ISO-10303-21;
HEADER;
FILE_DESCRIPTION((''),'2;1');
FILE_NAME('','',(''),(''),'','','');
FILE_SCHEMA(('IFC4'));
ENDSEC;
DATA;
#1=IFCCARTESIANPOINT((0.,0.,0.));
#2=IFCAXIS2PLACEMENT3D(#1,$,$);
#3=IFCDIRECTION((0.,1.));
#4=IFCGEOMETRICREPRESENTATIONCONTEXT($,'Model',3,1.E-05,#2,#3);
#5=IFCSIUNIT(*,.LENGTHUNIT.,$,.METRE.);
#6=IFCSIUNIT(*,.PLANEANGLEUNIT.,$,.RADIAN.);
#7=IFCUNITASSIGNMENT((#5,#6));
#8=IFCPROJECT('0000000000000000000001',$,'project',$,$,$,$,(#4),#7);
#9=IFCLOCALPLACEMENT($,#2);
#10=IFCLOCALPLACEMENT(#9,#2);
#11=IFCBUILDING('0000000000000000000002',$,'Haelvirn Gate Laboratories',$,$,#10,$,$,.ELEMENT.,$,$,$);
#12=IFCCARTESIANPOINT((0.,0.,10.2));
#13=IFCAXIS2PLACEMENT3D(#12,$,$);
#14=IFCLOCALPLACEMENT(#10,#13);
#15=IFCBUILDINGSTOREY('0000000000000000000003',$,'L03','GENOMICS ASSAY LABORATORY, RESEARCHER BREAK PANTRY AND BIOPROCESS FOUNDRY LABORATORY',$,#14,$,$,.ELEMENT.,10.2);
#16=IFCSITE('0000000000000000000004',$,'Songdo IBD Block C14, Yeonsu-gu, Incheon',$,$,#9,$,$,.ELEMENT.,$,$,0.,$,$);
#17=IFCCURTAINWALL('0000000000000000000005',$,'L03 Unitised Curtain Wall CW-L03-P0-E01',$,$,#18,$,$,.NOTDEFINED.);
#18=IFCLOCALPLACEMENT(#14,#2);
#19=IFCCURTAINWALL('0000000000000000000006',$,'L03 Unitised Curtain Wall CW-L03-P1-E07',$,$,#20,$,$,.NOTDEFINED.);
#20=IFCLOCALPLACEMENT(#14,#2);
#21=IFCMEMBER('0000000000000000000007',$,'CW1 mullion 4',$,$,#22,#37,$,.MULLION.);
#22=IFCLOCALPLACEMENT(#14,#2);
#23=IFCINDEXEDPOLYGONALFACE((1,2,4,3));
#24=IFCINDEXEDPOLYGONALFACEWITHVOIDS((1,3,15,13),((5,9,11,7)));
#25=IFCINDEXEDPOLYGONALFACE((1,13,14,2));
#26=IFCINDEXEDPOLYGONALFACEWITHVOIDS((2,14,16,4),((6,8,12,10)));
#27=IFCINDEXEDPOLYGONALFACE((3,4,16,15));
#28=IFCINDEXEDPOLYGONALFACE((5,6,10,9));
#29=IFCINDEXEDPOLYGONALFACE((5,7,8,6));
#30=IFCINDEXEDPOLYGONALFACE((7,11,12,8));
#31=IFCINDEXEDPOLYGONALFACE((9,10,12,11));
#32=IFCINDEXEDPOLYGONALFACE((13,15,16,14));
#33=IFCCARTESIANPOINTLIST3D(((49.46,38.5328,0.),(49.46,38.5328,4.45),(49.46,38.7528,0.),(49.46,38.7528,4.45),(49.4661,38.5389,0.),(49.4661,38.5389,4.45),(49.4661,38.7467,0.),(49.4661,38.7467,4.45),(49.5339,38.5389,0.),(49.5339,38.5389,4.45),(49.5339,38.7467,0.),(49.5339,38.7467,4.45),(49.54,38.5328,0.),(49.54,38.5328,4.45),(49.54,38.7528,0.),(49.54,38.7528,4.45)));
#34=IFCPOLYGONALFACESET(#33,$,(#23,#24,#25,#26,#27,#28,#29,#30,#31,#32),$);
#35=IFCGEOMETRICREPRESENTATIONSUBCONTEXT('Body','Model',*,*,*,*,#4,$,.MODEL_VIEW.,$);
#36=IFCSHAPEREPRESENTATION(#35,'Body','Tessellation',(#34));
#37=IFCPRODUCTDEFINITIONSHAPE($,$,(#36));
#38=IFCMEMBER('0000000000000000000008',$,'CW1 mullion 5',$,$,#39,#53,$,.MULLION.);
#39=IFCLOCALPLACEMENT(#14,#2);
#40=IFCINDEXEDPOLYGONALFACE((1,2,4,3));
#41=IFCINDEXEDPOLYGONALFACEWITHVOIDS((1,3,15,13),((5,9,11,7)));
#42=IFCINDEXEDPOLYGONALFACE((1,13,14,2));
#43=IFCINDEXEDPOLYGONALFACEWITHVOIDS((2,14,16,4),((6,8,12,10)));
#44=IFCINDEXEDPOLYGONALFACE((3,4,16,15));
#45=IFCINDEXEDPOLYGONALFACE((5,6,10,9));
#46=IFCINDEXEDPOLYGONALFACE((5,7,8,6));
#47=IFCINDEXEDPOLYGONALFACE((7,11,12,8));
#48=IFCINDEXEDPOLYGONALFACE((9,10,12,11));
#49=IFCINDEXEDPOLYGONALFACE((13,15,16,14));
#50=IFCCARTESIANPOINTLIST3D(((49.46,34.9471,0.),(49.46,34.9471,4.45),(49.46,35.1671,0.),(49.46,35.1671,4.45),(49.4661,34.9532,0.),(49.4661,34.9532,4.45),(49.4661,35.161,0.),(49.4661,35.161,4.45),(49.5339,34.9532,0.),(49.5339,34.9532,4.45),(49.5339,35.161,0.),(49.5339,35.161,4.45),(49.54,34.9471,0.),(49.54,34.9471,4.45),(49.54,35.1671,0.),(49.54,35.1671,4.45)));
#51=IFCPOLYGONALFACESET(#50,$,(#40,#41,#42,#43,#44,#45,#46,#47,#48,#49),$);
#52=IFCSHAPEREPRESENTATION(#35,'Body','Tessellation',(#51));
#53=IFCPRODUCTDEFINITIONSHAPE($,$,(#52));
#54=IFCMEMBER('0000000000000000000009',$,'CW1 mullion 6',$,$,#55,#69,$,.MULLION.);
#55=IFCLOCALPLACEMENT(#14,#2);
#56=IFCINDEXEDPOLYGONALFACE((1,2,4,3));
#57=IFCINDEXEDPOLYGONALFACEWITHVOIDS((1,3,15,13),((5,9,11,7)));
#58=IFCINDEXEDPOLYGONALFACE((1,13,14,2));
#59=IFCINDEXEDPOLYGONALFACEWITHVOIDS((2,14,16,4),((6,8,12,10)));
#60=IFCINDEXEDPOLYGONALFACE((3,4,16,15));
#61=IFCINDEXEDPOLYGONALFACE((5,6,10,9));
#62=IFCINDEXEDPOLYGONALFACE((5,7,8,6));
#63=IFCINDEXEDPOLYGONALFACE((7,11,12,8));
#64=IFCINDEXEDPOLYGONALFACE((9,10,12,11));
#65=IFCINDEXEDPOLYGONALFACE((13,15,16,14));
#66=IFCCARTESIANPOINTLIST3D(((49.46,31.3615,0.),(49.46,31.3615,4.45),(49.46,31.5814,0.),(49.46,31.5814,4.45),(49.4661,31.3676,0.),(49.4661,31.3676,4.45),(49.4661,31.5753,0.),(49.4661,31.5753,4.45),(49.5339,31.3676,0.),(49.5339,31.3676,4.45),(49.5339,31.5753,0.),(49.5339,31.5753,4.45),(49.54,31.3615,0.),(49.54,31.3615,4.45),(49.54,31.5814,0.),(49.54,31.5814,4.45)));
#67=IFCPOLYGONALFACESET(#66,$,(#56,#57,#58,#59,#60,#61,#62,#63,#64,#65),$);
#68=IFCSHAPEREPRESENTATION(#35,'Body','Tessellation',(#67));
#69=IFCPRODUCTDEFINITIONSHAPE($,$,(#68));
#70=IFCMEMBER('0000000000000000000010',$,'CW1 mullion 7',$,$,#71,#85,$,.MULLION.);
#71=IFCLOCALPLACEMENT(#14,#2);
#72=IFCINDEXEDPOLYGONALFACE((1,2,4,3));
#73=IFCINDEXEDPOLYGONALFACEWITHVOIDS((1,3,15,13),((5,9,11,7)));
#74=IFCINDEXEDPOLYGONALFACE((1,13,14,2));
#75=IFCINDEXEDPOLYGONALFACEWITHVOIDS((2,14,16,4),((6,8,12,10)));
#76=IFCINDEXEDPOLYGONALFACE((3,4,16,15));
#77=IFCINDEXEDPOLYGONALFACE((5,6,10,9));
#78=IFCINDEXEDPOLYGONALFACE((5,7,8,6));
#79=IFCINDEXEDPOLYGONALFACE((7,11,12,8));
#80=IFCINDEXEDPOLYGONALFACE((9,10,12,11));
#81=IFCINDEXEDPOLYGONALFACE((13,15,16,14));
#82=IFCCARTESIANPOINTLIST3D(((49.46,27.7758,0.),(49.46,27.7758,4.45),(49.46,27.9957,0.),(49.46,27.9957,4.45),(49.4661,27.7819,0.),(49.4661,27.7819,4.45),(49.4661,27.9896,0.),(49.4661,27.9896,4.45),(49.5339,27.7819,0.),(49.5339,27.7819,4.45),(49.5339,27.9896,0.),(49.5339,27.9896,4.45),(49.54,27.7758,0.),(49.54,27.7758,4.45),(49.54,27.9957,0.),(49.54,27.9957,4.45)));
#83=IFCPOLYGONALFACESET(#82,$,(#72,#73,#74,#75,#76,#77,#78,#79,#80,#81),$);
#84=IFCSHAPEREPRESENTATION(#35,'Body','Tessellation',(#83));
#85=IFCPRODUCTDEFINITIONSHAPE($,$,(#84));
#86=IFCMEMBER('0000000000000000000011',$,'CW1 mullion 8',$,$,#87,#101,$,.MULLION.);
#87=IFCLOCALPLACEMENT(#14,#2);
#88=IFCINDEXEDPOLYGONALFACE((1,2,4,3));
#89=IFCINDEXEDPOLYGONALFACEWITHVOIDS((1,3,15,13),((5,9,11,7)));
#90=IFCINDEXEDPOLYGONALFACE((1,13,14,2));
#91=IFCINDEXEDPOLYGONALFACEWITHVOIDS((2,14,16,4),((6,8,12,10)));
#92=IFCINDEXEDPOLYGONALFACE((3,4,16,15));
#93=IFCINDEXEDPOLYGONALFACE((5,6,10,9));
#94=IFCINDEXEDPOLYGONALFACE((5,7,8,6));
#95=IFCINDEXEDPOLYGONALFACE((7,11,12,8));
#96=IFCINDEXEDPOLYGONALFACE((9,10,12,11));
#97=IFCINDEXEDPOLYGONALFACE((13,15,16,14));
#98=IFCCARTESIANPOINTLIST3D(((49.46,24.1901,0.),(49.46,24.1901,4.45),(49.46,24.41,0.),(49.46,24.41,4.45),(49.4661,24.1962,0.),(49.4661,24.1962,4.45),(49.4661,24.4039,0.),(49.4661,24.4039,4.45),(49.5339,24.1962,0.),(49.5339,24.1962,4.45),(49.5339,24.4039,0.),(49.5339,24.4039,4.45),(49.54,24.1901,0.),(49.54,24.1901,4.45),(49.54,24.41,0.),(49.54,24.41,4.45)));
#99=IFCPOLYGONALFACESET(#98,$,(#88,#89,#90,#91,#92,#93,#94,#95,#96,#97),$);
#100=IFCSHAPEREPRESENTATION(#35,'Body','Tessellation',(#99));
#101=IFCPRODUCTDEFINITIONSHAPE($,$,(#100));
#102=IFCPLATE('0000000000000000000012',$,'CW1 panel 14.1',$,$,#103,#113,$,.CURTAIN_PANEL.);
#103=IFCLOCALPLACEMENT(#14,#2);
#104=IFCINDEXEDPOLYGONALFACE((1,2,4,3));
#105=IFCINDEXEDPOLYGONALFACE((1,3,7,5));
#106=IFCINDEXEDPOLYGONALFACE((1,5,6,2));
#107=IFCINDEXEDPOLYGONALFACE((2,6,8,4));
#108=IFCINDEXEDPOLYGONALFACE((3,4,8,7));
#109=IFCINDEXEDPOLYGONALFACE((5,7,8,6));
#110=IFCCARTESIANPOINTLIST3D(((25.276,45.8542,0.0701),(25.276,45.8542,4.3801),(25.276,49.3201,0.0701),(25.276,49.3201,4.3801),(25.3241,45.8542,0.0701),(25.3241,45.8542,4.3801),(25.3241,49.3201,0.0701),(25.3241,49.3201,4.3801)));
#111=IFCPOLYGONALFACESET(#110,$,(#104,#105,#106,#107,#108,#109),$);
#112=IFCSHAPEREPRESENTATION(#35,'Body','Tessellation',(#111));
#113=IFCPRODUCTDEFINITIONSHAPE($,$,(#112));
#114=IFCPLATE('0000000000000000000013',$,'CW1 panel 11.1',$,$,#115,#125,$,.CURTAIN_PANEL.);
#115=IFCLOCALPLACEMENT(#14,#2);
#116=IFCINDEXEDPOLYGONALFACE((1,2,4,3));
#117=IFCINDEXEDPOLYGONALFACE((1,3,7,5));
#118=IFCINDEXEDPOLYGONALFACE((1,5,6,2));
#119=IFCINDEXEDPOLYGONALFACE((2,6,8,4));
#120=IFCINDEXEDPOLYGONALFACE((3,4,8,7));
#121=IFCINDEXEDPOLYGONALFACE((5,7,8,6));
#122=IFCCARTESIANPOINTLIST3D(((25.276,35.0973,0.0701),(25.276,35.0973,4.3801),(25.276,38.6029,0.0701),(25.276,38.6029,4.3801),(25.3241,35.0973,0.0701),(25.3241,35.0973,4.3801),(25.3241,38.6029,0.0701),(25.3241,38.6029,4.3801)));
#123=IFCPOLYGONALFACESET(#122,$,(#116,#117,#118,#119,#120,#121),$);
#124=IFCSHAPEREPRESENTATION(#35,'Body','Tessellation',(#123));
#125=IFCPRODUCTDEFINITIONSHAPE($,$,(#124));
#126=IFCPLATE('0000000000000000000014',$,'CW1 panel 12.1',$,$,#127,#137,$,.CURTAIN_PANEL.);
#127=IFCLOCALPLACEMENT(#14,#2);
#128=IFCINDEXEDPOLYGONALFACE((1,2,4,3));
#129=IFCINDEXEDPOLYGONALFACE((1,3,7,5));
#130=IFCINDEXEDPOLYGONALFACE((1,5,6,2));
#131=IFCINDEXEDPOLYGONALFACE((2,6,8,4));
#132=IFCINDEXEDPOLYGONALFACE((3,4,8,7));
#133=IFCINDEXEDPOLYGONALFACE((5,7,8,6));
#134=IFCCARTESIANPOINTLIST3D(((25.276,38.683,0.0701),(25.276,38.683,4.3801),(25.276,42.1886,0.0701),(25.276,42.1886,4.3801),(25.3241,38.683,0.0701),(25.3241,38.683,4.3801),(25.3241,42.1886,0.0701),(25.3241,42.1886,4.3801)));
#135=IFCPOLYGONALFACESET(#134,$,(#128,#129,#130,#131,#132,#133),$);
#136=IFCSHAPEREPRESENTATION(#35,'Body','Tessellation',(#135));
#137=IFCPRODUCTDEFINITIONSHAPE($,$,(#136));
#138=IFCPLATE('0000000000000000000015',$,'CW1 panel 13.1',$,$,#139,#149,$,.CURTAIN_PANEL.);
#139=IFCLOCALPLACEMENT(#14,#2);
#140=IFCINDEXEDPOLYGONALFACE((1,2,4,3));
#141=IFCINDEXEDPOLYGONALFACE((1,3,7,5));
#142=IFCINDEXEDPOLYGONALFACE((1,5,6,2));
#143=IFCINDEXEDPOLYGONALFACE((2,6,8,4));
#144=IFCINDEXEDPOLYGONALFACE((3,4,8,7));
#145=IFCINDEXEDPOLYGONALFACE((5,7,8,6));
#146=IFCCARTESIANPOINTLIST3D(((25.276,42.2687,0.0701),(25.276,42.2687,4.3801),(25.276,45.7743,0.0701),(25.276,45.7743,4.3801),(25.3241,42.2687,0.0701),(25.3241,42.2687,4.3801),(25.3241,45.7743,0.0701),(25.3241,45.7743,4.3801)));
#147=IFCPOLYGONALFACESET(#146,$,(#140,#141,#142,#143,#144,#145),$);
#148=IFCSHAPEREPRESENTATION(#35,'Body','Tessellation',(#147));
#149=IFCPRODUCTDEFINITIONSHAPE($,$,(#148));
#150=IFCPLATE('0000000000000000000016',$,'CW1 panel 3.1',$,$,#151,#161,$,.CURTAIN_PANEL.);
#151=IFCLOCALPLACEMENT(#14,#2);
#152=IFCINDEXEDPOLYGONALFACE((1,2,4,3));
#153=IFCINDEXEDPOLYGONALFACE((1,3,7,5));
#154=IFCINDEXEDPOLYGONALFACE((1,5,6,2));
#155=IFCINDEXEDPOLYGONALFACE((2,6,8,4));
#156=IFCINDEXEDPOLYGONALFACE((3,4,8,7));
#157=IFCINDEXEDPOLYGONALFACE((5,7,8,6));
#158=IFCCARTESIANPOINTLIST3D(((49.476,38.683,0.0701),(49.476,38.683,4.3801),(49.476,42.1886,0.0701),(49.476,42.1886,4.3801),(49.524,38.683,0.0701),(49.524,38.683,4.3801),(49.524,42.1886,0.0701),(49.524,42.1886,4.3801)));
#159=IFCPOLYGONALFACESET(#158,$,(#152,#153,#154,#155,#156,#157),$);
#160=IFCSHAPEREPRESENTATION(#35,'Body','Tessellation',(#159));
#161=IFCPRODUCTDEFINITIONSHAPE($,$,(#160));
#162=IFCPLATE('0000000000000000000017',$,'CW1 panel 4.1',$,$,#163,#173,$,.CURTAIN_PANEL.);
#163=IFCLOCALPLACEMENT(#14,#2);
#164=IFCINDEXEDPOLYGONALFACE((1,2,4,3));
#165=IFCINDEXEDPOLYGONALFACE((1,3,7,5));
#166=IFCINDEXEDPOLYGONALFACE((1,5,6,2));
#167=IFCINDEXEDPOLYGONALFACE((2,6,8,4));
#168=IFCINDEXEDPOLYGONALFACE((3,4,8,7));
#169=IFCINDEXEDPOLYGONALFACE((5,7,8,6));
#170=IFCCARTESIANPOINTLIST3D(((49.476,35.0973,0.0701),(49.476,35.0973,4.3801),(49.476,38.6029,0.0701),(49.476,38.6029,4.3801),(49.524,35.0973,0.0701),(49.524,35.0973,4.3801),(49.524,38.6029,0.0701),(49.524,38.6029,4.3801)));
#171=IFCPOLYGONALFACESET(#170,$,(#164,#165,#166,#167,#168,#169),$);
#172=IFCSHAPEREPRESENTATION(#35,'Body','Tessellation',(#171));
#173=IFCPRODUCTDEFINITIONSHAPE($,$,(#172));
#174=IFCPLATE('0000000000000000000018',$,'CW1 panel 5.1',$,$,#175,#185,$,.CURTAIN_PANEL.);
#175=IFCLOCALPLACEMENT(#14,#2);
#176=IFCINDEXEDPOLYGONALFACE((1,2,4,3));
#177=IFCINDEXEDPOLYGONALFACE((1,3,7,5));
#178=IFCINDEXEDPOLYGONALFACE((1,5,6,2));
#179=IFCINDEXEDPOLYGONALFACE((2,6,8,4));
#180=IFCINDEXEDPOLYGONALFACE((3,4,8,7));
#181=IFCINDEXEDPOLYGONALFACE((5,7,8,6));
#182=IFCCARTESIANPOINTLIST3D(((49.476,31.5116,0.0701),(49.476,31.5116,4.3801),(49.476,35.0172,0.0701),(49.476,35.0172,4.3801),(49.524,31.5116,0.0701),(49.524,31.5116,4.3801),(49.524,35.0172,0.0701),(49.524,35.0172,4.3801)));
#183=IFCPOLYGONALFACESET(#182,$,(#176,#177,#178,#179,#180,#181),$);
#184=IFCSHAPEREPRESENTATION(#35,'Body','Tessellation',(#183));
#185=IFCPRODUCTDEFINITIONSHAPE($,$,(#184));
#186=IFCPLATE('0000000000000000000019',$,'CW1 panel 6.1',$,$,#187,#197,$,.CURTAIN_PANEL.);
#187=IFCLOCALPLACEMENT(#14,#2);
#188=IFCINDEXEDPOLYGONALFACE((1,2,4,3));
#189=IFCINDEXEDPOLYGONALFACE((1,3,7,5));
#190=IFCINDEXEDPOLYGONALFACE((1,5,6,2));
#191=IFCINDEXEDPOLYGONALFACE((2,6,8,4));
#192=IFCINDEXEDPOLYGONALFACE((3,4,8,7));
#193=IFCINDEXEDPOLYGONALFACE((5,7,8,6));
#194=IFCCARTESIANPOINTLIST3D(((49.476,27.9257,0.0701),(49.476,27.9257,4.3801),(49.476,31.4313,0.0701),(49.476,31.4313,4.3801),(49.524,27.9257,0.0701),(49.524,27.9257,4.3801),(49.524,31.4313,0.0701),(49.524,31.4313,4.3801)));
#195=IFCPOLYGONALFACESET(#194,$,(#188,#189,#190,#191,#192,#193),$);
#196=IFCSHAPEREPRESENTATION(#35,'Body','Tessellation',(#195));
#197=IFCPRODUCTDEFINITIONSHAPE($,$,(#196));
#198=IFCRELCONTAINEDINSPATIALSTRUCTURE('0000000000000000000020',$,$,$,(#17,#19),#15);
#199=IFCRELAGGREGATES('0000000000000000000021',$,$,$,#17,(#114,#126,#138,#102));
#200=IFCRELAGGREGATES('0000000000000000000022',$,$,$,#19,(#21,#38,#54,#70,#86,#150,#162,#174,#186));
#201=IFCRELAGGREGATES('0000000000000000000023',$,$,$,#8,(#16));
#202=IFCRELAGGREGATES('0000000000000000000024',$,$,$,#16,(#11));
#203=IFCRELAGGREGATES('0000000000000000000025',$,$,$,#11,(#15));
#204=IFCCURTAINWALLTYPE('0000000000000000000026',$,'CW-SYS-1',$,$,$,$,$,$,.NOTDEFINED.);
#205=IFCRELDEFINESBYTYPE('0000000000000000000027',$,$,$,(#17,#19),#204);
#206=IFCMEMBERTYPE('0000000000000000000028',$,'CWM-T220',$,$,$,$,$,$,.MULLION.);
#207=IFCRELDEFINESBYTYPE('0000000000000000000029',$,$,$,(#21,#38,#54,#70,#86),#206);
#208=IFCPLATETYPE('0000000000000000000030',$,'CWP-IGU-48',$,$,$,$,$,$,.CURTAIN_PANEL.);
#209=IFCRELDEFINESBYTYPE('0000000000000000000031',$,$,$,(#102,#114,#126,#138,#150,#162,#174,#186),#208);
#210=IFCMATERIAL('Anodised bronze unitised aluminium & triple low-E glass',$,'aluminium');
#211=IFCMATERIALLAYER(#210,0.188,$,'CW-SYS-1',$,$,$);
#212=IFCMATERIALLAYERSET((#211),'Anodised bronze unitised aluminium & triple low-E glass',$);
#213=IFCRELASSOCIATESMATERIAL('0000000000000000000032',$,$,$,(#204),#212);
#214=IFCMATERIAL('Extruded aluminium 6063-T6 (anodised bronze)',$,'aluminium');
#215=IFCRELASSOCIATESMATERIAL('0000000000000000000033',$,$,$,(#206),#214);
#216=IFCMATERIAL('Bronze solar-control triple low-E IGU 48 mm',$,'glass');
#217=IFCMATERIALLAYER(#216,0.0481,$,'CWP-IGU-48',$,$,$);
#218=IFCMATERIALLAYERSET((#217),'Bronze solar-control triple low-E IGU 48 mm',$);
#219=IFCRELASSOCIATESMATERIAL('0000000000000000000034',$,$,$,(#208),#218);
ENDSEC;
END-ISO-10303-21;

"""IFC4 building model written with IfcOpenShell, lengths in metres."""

from ifc_helpers import new_model, si_unit, direction, frame, origin, origin_2d, place, context, subcontext, project, spatial, rectangle, hollow_rectangle, extrude, source, transform, mapped, material, layer, layer_set, material_profile, profile_set, type_object, type_shapes, element, aggregate, save


model = new_model("IFC4")

# Units and contexts
model_context = context("Model", 3, precision=1e-05, world=origin(), true_north=direction((0.0, 1.0)))
body_context = subcontext(model_context, "Body", "Model", "MODEL_VIEW")
ifc_project = project(units=[si_unit("LENGTHUNIT", "METRE"), si_unit("PLANEANGLEUNIT", "RADIAN")], contexts=[model_context])

# Site, building, storey
site_placement = place(None, origin())
site = spatial("IfcSite", under=ifc_project, at=site_placement, Name="Songdo IBD Block C14, Yeonsu-gu, Incheon", CompositionType="ELEMENT", RefElevation=0.0)
building_placement = place(site_placement, origin())
building = spatial("IfcBuilding", under=site, at=building_placement, Name="Haelvirn Gate Laboratories", CompositionType="ELEMENT")
storey_placement = place(building_placement, frame((0.0, 0.0, 10.2)))
storey = spatial("IfcBuildingStorey", under=building, at=storey_placement, Name="L03", Description="GENOMICS ASSAY LABORATORY, RESEARCHER BREAK PANTRY AND BIOPROCESS FOUNDRY LABORATORY", CompositionType="ELEMENT", Elevation=10.2)

# Curtain walls
ifc_material_1 = material(Name="Anodised bronze unitised aluminium & triple low-E glass", Category="aluminium")
ifc_layer_1 = layer(ifc_material_1, 0.188, Name="CW-SYS-1")
ifc_layer_set_1 = layer_set([ifc_layer_1], Name="Anodised bronze unitised aluminium & triple low-E glass")
curtain_wall_type = type_object("IfcCurtainWallType", Name="CW-SYS-1", PredefinedType="NOTDEFINED", material=ifc_layer_set_1)
curtain_wall_1_placement = place(storey_placement, origin())
curtain_wall_1 = element("IfcCurtainWall", 1, at=curtain_wall_1_placement, inside=storey, type_object=curtain_wall_type, Name="L03 Unitised Curtain Wall CW-L03-P0-E01", PredefinedType="NOTDEFINED")
ifc_material_2 = material(Name="Extruded aluminium 6063-T6 (anodised bronze)", Category="aluminium")
curtain_wall_2_placement = place(storey_placement, origin())
curtain_wall_2 = element("IfcCurtainWall", 2, at=curtain_wall_2_placement, inside=storey, type_object=curtain_wall_type, Name="L03 Unitised Curtain Wall CW-L03-P1-E07", PredefinedType="NOTDEFINED")

# Shared definitions
ifc_material_profile_1 = material_profile(ifc_material_2, hollow_rectangle(XDim=0.0801, YDim=0.22, WallThickness=0.0061, at=origin_2d()), Name="CWM-220x80x6")
ifc_profile_set_1 = profile_set([ifc_material_profile_1], Name="Extruded aluminium 6063-T6 (anodised bronze)")
member_type_1 = type_object("IfcMemberType", Name="CWM-T220", PredefinedType="MULLION", material=ifc_profile_set_1)
shared_shape_1 = source(origin(), body_context, "Body", "SweptSolid", [
    extrude(hollow_rectangle(XDim=0.0801, YDim=0.22, WallThickness=0.0061, at=origin_2d()), origin(), (0.0, 0.0, 1.0), 4.45),
])
type_shapes(member_type_1, [shared_shape_1])

# Members
member_1_placement = place(storey_placement, frame((49.5, 38.6428, 0.0), z_axis=(0.0, 0.0, 1.0), x_axis=(1.0, 0.0, 0.0)))
member_1 = element("IfcMember", 3, at=member_1_placement, type_object=member_type_1, Name="CW1 mullion 4", PredefinedType="MULLION", context=body_context, shape_type="MappedRepresentation", body=[
    mapped(shared_shape_1, transform((0.0, 0.0, 0.0), scale=1.0)),
])
member_2_placement = place(storey_placement, frame((49.5, 35.0571, 0.0), z_axis=(0.0, 0.0, 1.0), x_axis=(1.0, 0.0, 0.0)))
member_2 = element("IfcMember", 4, at=member_2_placement, type_object=member_type_1, Name="CW1 mullion 5", PredefinedType="MULLION", context=body_context, shape_type="MappedRepresentation", body=[
    mapped(shared_shape_1, transform((0.0, 0.0, 0.0), scale=1.0)),
])
member_3_placement = place(storey_placement, frame((49.5, 31.4714, 0.0), z_axis=(0.0, 0.0, 1.0), x_axis=(1.0, 0.0, 0.0)))
member_3 = element("IfcMember", 5, at=member_3_placement, type_object=member_type_1, Name="CW1 mullion 6", PredefinedType="MULLION", context=body_context, shape_type="MappedRepresentation", body=[
    mapped(shared_shape_1, transform((0.0, 0.0, 0.0), scale=1.0)),
])
member_4_placement = place(storey_placement, frame((49.5, 27.8857, 0.0), z_axis=(0.0, 0.0, 1.0), x_axis=(1.0, 0.0, 0.0)))
member_4 = element("IfcMember", 6, at=member_4_placement, type_object=member_type_1, Name="CW1 mullion 7", PredefinedType="MULLION", context=body_context, shape_type="MappedRepresentation", body=[
    mapped(shared_shape_1, transform((0.0, 0.0, 0.0), scale=1.0)),
])
member_5_placement = place(storey_placement, frame((49.5, 24.3, 0.0), z_axis=(0.0, 0.0, 1.0), x_axis=(1.0, 0.0, 0.0)))
member_5 = element("IfcMember", 7, at=member_5_placement, type_object=member_type_1, Name="CW1 mullion 8", PredefinedType="MULLION", context=body_context, shape_type="MappedRepresentation", body=[
    mapped(shared_shape_1, transform((0.0, 0.0, 0.0), scale=1.0)),
])

# Plates
ifc_material_3 = material(Name="Bronze solar-control triple low-E IGU 48 mm", Category="glass")
ifc_layer_2 = layer(ifc_material_3, 0.0481, Name="CWP-IGU-48")
ifc_layer_set_2 = layer_set([ifc_layer_2], Name="Bronze solar-control triple low-E IGU 48 mm")
plate_type = type_object("IfcPlateType", Name="CWP-IGU-48", PredefinedType="CURTAIN_PANEL", material=ifc_layer_set_2)
shared_shape_2 = source(origin(), body_context, "Body", "SweptSolid", [
    extrude(rectangle(XDim=3.4658, YDim=0.0481, at=origin_2d()), origin(), (0.0, 0.0, 1.0), 4.3101),
])
plate_1_placement = place(storey_placement, frame((25.3, 47.5872, 0.0701), z_axis=(0.0, 0.0, 1.0), x_axis=(0.0, 1.0, 0.0)))
plate_1 = element("IfcPlate", 8, at=plate_1_placement, type_object=plate_type, Name="CW1 panel 14.1", PredefinedType="CURTAIN_PANEL", context=body_context, shape_type="MappedRepresentation", body=[
    mapped(shared_shape_2, transform((0.0, 0.0, 0.0), scale=1.0)),
])
shared_shape_3 = source(origin(), body_context, "Body", "SweptSolid", [
    extrude(rectangle(XDim=3.5056, YDim=0.0481, at=origin_2d()), origin(), (0.0, 0.0, 1.0), 4.3101),
])
type_shapes(plate_type, [shared_shape_2, shared_shape_3])
plate_2_placement = place(storey_placement, frame((25.3, 36.8501, 0.0701), z_axis=(0.0, 0.0, 1.0), x_axis=(0.0, 1.0, 0.0)))
plate_2 = element("IfcPlate", 9, at=plate_2_placement, type_object=plate_type, Name="CW1 panel 11.1", PredefinedType="CURTAIN_PANEL", context=body_context, shape_type="MappedRepresentation", body=[
    mapped(shared_shape_3, transform((0.0, 0.0, 0.0), scale=1.0)),
])
plate_3_placement = place(storey_placement, frame((25.3, 40.4358, 0.0701), z_axis=(0.0, 0.0, 1.0), x_axis=(0.0, 1.0, 0.0)))
plate_3 = element("IfcPlate", 10, at=plate_3_placement, type_object=plate_type, Name="CW1 panel 12.1", PredefinedType="CURTAIN_PANEL", context=body_context, shape_type="MappedRepresentation", body=[
    mapped(shared_shape_3, transform((0.0, 0.0, 0.0), scale=1.0)),
])
plate_4_placement = place(storey_placement, frame((25.3, 44.0215, 0.0701), z_axis=(0.0, 0.0, 1.0), x_axis=(0.0, 1.0, 0.0)))
plate_4 = element("IfcPlate", 11, at=plate_4_placement, type_object=plate_type, Name="CW1 panel 13.1", PredefinedType="CURTAIN_PANEL", context=body_context, shape_type="MappedRepresentation", body=[
    mapped(shared_shape_3, transform((0.0, 0.0, 0.0), scale=1.0)),
])
aggregate(curtain_wall_1, [plate_2, plate_3, plate_4, plate_1])
plate_5_placement = place(storey_placement, frame((49.5, 40.4358, 0.0701), z_axis=(0.0, 0.0, 1.0), x_axis=(0.0, -1.0, 0.0)))
plate_5 = element("IfcPlate", 12, at=plate_5_placement, type_object=plate_type, Name="CW1 panel 3.1", PredefinedType="CURTAIN_PANEL", context=body_context, shape_type="MappedRepresentation", body=[
    mapped(shared_shape_3, transform((0.0, 0.0, 0.0), scale=1.0)),
])
plate_6_placement = place(storey_placement, frame((49.5, 36.8501, 0.0701), z_axis=(0.0, 0.0, 1.0), x_axis=(0.0, -1.0, 0.0)))
plate_6 = element("IfcPlate", 13, at=plate_6_placement, type_object=plate_type, Name="CW1 panel 4.1", PredefinedType="CURTAIN_PANEL", context=body_context, shape_type="MappedRepresentation", body=[
    mapped(shared_shape_3, transform((0.0, 0.0, 0.0), scale=1.0)),
])
plate_7_placement = place(storey_placement, frame((49.5, 33.2644, 0.0701), z_axis=(0.0, 0.0, 1.0), x_axis=(0.0, -1.0, 0.0)))
plate_7 = element("IfcPlate", 14, at=plate_7_placement, type_object=plate_type, Name="CW1 panel 5.1", PredefinedType="CURTAIN_PANEL", context=body_context, shape_type="MappedRepresentation", body=[
    mapped(shared_shape_3, transform((0.0, 0.0, 0.0), scale=1.0)),
])
plate_8_placement = place(storey_placement, frame((49.5, 29.6785, 0.0701), z_axis=(0.0, 0.0, 1.0), x_axis=(0.0, -1.0, 0.0)))
plate_8 = element("IfcPlate", 15, at=plate_8_placement, type_object=plate_type, Name="CW1 panel 6.1", PredefinedType="CURTAIN_PANEL", context=body_context, shape_type="MappedRepresentation", body=[
    mapped(shared_shape_3, transform((0.0, 0.0, 0.0), scale=1.0)),
])
aggregate(curtain_wall_2, [member_1, member_2, member_3, member_4, member_5, plate_5, plate_6, plate_7, plate_8])

save(model, "model.ifc")
